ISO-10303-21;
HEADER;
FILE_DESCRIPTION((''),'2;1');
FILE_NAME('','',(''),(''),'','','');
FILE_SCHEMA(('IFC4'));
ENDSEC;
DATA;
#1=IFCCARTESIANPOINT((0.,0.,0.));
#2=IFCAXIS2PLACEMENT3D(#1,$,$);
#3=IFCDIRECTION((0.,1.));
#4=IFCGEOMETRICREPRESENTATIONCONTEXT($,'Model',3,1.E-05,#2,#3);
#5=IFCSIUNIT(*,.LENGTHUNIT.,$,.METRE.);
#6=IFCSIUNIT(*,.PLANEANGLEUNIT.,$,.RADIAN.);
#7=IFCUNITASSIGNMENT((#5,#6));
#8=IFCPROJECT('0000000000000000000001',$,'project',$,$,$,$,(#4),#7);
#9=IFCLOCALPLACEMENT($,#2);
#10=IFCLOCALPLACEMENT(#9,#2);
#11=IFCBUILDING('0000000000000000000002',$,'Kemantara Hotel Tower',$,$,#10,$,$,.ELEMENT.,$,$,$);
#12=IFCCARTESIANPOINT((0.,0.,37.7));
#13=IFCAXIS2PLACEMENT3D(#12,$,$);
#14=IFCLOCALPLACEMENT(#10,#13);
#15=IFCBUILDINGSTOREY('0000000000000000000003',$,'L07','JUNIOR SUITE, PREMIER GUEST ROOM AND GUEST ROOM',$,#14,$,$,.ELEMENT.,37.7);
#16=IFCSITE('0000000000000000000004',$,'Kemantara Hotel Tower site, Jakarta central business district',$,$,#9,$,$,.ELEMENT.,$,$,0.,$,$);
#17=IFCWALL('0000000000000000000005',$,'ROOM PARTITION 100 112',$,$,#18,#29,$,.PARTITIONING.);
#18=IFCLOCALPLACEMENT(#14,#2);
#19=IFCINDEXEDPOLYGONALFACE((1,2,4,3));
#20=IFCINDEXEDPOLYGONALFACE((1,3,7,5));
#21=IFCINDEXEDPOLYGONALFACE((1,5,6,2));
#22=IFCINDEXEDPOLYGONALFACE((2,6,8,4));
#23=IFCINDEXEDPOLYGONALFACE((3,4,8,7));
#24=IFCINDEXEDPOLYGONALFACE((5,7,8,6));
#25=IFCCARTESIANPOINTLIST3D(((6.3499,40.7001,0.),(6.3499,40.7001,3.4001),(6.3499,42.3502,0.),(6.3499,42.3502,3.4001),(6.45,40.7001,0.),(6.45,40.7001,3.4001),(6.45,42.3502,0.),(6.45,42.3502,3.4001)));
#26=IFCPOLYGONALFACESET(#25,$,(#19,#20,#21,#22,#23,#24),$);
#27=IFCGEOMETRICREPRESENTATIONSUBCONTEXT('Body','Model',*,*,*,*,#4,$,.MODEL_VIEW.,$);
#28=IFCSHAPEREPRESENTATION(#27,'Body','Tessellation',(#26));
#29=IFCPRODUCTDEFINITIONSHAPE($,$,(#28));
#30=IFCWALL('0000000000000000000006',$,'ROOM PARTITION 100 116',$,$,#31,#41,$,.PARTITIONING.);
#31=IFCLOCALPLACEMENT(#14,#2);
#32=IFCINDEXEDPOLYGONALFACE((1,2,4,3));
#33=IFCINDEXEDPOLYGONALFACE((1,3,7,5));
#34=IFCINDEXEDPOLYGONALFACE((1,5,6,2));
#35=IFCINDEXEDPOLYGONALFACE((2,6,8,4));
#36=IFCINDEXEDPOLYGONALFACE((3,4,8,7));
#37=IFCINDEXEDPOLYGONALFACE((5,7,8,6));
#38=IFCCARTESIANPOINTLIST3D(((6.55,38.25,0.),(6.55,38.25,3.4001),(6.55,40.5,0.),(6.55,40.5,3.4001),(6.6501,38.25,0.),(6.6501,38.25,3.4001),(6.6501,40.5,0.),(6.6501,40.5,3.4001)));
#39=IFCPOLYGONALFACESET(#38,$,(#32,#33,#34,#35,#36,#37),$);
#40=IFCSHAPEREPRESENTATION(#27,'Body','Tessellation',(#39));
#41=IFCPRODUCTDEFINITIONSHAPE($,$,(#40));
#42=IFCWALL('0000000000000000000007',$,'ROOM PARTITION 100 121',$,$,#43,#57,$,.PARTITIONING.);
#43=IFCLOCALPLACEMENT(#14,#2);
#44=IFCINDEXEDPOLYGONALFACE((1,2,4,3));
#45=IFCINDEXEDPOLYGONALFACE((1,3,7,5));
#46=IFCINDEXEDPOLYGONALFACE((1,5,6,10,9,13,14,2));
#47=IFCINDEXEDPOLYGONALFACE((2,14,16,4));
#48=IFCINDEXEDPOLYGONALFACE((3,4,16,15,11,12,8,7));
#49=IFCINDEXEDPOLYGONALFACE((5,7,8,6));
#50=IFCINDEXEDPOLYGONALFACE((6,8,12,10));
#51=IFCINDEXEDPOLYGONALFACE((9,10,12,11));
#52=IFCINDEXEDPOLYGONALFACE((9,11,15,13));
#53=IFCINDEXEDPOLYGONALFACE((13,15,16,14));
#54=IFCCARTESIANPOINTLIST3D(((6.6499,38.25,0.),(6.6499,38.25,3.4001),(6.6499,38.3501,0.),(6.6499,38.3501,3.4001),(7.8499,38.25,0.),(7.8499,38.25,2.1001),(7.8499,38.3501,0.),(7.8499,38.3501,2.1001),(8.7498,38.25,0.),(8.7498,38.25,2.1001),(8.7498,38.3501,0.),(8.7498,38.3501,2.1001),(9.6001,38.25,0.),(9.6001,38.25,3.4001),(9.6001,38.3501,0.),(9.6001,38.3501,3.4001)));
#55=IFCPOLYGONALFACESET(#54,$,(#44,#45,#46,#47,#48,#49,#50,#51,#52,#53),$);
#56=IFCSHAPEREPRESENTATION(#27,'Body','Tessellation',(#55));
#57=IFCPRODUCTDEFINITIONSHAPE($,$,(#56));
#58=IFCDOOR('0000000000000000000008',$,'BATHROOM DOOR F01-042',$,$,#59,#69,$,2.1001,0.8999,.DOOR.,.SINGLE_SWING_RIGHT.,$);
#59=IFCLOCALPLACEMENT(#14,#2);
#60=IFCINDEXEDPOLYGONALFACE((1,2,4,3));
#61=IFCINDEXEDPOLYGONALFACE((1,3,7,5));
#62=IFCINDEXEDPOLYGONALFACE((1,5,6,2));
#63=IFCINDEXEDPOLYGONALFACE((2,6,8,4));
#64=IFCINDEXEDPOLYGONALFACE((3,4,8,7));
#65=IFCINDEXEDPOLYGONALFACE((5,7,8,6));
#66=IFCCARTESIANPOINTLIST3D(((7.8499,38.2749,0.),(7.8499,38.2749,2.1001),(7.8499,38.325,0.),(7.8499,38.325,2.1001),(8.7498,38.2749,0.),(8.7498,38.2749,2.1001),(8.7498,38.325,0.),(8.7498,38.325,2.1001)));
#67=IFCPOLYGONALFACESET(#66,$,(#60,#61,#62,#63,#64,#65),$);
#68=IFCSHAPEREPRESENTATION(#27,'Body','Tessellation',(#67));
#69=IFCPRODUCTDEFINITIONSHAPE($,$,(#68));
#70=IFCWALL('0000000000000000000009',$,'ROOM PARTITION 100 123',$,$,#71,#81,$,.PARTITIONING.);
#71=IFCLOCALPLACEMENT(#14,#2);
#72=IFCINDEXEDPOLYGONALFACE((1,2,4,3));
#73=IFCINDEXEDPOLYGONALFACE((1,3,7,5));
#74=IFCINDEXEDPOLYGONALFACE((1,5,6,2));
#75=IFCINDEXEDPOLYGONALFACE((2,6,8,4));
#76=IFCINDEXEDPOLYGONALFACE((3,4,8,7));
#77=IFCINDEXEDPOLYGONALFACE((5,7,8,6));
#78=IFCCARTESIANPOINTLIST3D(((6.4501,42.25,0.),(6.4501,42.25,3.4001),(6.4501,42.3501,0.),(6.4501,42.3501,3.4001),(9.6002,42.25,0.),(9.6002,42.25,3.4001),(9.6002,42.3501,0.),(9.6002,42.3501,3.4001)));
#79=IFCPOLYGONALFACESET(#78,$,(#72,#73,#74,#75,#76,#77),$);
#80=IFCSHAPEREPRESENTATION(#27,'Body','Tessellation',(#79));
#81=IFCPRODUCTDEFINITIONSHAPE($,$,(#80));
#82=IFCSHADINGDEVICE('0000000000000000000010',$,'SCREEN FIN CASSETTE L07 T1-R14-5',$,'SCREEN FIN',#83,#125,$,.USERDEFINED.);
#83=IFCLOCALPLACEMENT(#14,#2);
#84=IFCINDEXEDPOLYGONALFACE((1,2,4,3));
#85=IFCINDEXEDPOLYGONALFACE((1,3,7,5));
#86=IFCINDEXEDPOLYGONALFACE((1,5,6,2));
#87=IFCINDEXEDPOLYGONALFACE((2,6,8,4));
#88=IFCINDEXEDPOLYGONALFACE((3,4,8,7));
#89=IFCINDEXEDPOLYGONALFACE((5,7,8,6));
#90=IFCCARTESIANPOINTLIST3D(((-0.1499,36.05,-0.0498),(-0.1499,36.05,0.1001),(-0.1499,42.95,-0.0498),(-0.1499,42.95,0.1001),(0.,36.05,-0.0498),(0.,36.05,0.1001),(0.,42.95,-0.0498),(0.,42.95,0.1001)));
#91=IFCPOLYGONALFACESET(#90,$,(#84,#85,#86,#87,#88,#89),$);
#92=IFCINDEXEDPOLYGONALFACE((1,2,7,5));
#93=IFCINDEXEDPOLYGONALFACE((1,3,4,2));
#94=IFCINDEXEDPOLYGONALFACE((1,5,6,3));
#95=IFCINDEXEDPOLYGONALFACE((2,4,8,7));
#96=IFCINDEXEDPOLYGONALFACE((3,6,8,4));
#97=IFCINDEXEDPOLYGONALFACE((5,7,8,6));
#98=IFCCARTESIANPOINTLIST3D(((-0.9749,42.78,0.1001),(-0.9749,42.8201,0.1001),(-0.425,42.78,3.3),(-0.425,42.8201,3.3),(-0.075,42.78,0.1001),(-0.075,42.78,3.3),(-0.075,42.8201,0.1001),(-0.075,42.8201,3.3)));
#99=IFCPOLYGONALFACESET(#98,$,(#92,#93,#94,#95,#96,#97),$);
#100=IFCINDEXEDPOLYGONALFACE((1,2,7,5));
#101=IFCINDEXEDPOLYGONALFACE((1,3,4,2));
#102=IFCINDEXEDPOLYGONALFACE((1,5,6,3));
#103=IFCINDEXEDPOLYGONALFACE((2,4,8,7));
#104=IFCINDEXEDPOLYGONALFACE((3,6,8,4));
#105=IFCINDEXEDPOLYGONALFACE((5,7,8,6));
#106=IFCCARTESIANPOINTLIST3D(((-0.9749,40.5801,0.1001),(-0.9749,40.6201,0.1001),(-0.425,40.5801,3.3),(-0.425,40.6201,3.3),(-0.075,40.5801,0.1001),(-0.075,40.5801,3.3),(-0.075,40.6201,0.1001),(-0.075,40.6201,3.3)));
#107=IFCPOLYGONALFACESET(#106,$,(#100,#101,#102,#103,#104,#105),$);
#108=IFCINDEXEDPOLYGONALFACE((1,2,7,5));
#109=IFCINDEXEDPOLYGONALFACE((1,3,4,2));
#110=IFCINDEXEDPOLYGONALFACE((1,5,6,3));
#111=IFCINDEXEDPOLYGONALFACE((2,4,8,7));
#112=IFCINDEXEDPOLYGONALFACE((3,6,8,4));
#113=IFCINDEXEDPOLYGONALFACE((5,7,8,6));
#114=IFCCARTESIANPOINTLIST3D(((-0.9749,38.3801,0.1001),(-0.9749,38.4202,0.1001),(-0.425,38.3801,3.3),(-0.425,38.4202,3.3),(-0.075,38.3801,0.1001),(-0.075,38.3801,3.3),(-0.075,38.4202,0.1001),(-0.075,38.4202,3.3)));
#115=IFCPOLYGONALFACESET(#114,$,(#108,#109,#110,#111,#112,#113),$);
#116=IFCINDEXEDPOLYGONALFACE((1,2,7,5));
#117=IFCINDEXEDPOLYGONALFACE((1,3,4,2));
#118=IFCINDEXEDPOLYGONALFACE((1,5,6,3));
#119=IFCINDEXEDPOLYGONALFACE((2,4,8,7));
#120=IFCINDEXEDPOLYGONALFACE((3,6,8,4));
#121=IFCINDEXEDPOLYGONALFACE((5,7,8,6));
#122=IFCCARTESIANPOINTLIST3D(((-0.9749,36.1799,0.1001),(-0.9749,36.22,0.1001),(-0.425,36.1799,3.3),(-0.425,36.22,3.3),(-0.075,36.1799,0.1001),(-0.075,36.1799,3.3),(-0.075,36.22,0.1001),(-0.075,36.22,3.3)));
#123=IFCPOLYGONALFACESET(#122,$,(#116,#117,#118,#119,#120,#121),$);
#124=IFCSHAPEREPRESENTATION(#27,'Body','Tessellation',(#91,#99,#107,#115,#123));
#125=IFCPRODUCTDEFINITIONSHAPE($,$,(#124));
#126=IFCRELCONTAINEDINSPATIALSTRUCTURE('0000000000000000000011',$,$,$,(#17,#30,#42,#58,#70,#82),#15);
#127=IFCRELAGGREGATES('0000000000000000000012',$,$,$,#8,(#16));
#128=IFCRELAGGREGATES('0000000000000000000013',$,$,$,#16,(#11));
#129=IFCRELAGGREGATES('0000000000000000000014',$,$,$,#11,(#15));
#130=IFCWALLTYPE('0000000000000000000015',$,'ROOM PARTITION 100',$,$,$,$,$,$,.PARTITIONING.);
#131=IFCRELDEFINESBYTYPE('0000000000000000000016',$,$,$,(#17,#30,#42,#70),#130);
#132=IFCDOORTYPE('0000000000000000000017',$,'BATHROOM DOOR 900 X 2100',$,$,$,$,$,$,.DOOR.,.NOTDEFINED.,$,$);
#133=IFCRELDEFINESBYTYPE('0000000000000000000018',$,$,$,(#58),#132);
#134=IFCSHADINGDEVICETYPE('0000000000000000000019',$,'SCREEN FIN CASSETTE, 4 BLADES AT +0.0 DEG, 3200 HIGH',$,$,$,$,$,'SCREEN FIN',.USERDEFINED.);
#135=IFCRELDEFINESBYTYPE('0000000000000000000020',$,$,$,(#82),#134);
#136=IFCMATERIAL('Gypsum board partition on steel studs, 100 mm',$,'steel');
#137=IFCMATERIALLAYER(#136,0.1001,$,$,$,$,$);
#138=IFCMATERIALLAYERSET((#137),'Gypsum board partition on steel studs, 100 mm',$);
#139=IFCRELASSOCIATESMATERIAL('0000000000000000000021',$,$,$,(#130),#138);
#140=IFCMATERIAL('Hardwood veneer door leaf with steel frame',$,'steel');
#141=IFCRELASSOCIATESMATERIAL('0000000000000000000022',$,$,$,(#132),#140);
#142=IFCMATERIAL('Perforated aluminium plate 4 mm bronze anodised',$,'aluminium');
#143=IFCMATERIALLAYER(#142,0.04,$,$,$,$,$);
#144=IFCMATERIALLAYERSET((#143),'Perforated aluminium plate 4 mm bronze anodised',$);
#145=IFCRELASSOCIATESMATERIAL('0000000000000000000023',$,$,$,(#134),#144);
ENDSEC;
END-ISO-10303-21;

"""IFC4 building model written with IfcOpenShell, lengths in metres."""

from ifc_helpers import new_model, si_unit, direction, frame, frame_2d, origin, origin_2d, place, context, subcontext, project, spatial, polyline, rectangle, outline, extrude, source, transform, mapped, material, layer, layer_set, type_object, element, fill, save


model = new_model("IFC4")

# Units and contexts
model_context = context("Model", 3, precision=1e-05, world=origin(), true_north=direction((0.0, 1.0)))
body_context = subcontext(model_context, "Body", "Model", "MODEL_VIEW")
ifc_project = project(units=[si_unit("LENGTHUNIT", "METRE"), si_unit("PLANEANGLEUNIT", "RADIAN")], contexts=[model_context])

# Site, building, storey
site_placement = place(None, origin())
site = spatial("IfcSite", under=ifc_project, at=site_placement, Name="Kemantara Hotel Tower site, Jakarta central business district", CompositionType="ELEMENT", RefElevation=0.0)
building_placement = place(site_placement, origin())
building = spatial("IfcBuilding", under=site, at=building_placement, Name="Kemantara Hotel Tower", CompositionType="ELEMENT")
storey_placement = place(building_placement, frame((0.0, 0.0, 37.7)))
storey = spatial("IfcBuildingStorey", under=building, at=storey_placement, Name="L07", Description="JUNIOR SUITE, PREMIER GUEST ROOM AND GUEST ROOM", CompositionType="ELEMENT", Elevation=37.7)

# Shared definitions
ifc_material_1 = material(Name="Hardwood veneer door leaf with steel frame", Category="steel")

# Walls
ifc_material_2 = material(Name="Gypsum board partition on steel studs, 100 mm", Category="steel")
ifc_layer_1 = layer(ifc_material_2, 0.1001)
ifc_layer_set_1 = layer_set([ifc_layer_1], Name="Gypsum board partition on steel studs, 100 mm")
wall_type_1 = type_object("IfcWallType", Name="ROOM PARTITION 100", PredefinedType="PARTITIONING", material=ifc_layer_set_1)
wall_1_placement = place(storey_placement, frame((6.3999, 40.7, 0.0), z_axis=(0.0, 0.0, 1.0), x_axis=(0.0, 1.0, 0.0)))
element("IfcWall", 1, at=wall_1_placement, inside=storey, type_object=wall_type_1, Name="ROOM PARTITION 100 112", PredefinedType="PARTITIONING", context=body_context, shape_type="SweptSolid", body=[
    extrude(rectangle(XDim=1.6501, YDim=0.1001, at=frame_2d((0.8252, 0.0))), origin(), (0.0, 0.0, 1.0), 3.4001),
])
wall_2_placement = place(storey_placement, frame((6.6001, 38.25, 0.0), z_axis=(0.0, 0.0, 1.0), x_axis=(0.0, 1.0, 0.0)))
element("IfcWall", 2, at=wall_2_placement, inside=storey, type_object=wall_type_1, Name="ROOM PARTITION 100 116", PredefinedType="PARTITIONING", context=body_context, shape_type="SweptSolid", body=[
    extrude(rectangle(XDim=2.25, YDim=0.1001, at=frame_2d((1.125, 0.0))), origin(), (0.0, 0.0, 1.0), 3.4001),
])

# Wall, opening, door
wall_3_placement = place(storey_placement, frame((6.6499, 38.3, 0.0), z_axis=(0.0, 0.0, 1.0), x_axis=(1.0, 0.0, 0.0)))
wall_3 = element("IfcWall", 3, at=wall_3_placement, inside=storey, type_object=wall_type_1, Name="ROOM PARTITION 100 121", PredefinedType="PARTITIONING", context=body_context, shape_type="SweptSolid", body=[
    extrude(rectangle(XDim=2.9502, YDim=0.1001, at=frame_2d((1.4751, 0.0))), origin(), (0.0, 0.0, 1.0), 3.4001),
])
opening_1_placement = place(wall_3_placement, frame((1.2, 0.0, 0.0)))
opening_1 = element("IfcOpeningElement", 4, at=opening_1_placement, cuts=wall_3, PredefinedType="OPENING", context=body_context, shape_type="SweptSolid", body=[
    extrude(rectangle(XDim=0.8999, YDim=2.1001, at=frame_2d((0.45, 1.05))), frame((0.0, 0.0601, 0.0), z_axis=(0.0, -1.0, 0.0), x_axis=(1.0, 0.0, 0.0)), (0.0, 0.0, 1.0), 0.1201),
])
door_type_1 = type_object("IfcDoorType", Name="BATHROOM DOOR 900 X 2100", OperationType="NOTDEFINED", PredefinedType="DOOR", material=ifc_material_1)
door_1_placement = place(opening_1_placement, origin())
door_1 = element("IfcDoor", 5, at=door_1_placement, inside=storey, type_object=door_type_1, Name="BATHROOM DOOR F01-042", OperationType="SINGLE_SWING_RIGHT", OverallHeight=2.1001, OverallWidth=0.8999, PredefinedType="DOOR", context=body_context, shape_type="SweptSolid", body=[
    extrude(rectangle(XDim=0.8999, YDim=2.1001, at=frame_2d((0.45, 1.05))), frame((0.0, 0.0249, 0.0), z_axis=(0.0, -1.0, 0.0), x_axis=(1.0, 0.0, 0.0)), (0.0, 0.0, 1.0), 0.05),
])
fill(opening_1, door_1)

# Wall
wall_4_placement = place(storey_placement, frame((6.45, 42.3, 0.0), z_axis=(0.0, 0.0, 1.0), x_axis=(1.0, 0.0, 0.0)))
element("IfcWall", 6, at=wall_4_placement, inside=storey, type_object=wall_type_1, Name="ROOM PARTITION 100 123", PredefinedType="PARTITIONING", context=body_context, shape_type="SweptSolid", body=[
    extrude(rectangle(XDim=3.1501, YDim=0.1001, at=frame_2d((1.5752, 0.0))), origin(), (0.0, 0.0, 1.0), 3.4001),
])

# Shading device
ifc_material_3 = material(Name="Perforated aluminium plate 4 mm bronze anodised", Category="aluminium")
ifc_layer_2 = layer(ifc_material_3, 0.04)
ifc_layer_set_2 = layer_set([ifc_layer_2], Name="Perforated aluminium plate 4 mm bronze anodised")
shading_device_type = type_object("IfcShadingDeviceType", Name="SCREEN FIN CASSETTE, 4 BLADES AT +0.0 DEG, 3200 HIGH", ElementType="SCREEN FIN", PredefinedType="USERDEFINED", material=ifc_layer_set_2)
shared_shape = source(origin(), body_context, "Body", "SweptSolid", [
    extrude(rectangle(XDim=6.8999, YDim=0.1499, at=origin_2d()), frame((3.3, -0.075, -0.1499), z_axis=(0.0, 0.0, 1.0), x_axis=(1.0, 0.0, 0.0)), (0.0, 0.0, 1.0), 0.1499),
    extrude(outline(polyline([(0.0, 0.0), (0.8999, 0.0), (0.3501, 3.2), (0.0, 3.2), (0.0, 0.0)])), frame((0.02, -0.075, 0.0), z_axis=(-1.0, 0.0, 0.0), x_axis=(0.0, -1.0, 0.0)), (0.0, 0.0, 1.0), 0.04),
    extrude(outline(polyline([(0.0, 0.0), (0.8999, 0.0), (0.3501, 3.2), (0.0, 3.2), (0.0, 0.0)])), frame((2.22, -0.075, 0.0), z_axis=(-1.0, 0.0, 0.0), x_axis=(0.0, -1.0, 0.0)), (0.0, 0.0, 1.0), 0.04),
    extrude(outline(polyline([(0.0, 0.0), (0.8999, 0.0), (0.3501, 3.2), (0.0, 3.2), (0.0, 0.0)])), frame((4.4199, -0.075, 0.0), z_axis=(-1.0, 0.0, 0.0), x_axis=(0.0, -1.0, 0.0)), (0.0, 0.0, 1.0), 0.04),
    extrude(outline(polyline([(0.0, 0.0), (0.8999, 0.0), (0.3501, 3.2), (0.0, 3.2), (0.0, 0.0)])), frame((6.6201, -0.075, 0.0), z_axis=(-1.0, 0.0, 0.0), x_axis=(0.0, -1.0, 0.0)), (0.0, 0.0, 1.0), 0.04),
])
shading_device_placement = place(storey_placement, frame((0.0, 42.8, 0.1001), z_axis=(0.0, 0.0, 1.0), x_axis=(0.0, -1.0, 0.0)))
element("IfcShadingDevice", 7, at=shading_device_placement, inside=storey, type_object=shading_device_type, Name="SCREEN FIN CASSETTE L07 T1-R14-5", ObjectType="SCREEN FIN", PredefinedType="USERDEFINED", context=body_context, shape_type="MappedRepresentation", body=[
    mapped(shared_shape, transform((0.0, 0.0, 0.0))),
])

save(model, "model.ifc")
